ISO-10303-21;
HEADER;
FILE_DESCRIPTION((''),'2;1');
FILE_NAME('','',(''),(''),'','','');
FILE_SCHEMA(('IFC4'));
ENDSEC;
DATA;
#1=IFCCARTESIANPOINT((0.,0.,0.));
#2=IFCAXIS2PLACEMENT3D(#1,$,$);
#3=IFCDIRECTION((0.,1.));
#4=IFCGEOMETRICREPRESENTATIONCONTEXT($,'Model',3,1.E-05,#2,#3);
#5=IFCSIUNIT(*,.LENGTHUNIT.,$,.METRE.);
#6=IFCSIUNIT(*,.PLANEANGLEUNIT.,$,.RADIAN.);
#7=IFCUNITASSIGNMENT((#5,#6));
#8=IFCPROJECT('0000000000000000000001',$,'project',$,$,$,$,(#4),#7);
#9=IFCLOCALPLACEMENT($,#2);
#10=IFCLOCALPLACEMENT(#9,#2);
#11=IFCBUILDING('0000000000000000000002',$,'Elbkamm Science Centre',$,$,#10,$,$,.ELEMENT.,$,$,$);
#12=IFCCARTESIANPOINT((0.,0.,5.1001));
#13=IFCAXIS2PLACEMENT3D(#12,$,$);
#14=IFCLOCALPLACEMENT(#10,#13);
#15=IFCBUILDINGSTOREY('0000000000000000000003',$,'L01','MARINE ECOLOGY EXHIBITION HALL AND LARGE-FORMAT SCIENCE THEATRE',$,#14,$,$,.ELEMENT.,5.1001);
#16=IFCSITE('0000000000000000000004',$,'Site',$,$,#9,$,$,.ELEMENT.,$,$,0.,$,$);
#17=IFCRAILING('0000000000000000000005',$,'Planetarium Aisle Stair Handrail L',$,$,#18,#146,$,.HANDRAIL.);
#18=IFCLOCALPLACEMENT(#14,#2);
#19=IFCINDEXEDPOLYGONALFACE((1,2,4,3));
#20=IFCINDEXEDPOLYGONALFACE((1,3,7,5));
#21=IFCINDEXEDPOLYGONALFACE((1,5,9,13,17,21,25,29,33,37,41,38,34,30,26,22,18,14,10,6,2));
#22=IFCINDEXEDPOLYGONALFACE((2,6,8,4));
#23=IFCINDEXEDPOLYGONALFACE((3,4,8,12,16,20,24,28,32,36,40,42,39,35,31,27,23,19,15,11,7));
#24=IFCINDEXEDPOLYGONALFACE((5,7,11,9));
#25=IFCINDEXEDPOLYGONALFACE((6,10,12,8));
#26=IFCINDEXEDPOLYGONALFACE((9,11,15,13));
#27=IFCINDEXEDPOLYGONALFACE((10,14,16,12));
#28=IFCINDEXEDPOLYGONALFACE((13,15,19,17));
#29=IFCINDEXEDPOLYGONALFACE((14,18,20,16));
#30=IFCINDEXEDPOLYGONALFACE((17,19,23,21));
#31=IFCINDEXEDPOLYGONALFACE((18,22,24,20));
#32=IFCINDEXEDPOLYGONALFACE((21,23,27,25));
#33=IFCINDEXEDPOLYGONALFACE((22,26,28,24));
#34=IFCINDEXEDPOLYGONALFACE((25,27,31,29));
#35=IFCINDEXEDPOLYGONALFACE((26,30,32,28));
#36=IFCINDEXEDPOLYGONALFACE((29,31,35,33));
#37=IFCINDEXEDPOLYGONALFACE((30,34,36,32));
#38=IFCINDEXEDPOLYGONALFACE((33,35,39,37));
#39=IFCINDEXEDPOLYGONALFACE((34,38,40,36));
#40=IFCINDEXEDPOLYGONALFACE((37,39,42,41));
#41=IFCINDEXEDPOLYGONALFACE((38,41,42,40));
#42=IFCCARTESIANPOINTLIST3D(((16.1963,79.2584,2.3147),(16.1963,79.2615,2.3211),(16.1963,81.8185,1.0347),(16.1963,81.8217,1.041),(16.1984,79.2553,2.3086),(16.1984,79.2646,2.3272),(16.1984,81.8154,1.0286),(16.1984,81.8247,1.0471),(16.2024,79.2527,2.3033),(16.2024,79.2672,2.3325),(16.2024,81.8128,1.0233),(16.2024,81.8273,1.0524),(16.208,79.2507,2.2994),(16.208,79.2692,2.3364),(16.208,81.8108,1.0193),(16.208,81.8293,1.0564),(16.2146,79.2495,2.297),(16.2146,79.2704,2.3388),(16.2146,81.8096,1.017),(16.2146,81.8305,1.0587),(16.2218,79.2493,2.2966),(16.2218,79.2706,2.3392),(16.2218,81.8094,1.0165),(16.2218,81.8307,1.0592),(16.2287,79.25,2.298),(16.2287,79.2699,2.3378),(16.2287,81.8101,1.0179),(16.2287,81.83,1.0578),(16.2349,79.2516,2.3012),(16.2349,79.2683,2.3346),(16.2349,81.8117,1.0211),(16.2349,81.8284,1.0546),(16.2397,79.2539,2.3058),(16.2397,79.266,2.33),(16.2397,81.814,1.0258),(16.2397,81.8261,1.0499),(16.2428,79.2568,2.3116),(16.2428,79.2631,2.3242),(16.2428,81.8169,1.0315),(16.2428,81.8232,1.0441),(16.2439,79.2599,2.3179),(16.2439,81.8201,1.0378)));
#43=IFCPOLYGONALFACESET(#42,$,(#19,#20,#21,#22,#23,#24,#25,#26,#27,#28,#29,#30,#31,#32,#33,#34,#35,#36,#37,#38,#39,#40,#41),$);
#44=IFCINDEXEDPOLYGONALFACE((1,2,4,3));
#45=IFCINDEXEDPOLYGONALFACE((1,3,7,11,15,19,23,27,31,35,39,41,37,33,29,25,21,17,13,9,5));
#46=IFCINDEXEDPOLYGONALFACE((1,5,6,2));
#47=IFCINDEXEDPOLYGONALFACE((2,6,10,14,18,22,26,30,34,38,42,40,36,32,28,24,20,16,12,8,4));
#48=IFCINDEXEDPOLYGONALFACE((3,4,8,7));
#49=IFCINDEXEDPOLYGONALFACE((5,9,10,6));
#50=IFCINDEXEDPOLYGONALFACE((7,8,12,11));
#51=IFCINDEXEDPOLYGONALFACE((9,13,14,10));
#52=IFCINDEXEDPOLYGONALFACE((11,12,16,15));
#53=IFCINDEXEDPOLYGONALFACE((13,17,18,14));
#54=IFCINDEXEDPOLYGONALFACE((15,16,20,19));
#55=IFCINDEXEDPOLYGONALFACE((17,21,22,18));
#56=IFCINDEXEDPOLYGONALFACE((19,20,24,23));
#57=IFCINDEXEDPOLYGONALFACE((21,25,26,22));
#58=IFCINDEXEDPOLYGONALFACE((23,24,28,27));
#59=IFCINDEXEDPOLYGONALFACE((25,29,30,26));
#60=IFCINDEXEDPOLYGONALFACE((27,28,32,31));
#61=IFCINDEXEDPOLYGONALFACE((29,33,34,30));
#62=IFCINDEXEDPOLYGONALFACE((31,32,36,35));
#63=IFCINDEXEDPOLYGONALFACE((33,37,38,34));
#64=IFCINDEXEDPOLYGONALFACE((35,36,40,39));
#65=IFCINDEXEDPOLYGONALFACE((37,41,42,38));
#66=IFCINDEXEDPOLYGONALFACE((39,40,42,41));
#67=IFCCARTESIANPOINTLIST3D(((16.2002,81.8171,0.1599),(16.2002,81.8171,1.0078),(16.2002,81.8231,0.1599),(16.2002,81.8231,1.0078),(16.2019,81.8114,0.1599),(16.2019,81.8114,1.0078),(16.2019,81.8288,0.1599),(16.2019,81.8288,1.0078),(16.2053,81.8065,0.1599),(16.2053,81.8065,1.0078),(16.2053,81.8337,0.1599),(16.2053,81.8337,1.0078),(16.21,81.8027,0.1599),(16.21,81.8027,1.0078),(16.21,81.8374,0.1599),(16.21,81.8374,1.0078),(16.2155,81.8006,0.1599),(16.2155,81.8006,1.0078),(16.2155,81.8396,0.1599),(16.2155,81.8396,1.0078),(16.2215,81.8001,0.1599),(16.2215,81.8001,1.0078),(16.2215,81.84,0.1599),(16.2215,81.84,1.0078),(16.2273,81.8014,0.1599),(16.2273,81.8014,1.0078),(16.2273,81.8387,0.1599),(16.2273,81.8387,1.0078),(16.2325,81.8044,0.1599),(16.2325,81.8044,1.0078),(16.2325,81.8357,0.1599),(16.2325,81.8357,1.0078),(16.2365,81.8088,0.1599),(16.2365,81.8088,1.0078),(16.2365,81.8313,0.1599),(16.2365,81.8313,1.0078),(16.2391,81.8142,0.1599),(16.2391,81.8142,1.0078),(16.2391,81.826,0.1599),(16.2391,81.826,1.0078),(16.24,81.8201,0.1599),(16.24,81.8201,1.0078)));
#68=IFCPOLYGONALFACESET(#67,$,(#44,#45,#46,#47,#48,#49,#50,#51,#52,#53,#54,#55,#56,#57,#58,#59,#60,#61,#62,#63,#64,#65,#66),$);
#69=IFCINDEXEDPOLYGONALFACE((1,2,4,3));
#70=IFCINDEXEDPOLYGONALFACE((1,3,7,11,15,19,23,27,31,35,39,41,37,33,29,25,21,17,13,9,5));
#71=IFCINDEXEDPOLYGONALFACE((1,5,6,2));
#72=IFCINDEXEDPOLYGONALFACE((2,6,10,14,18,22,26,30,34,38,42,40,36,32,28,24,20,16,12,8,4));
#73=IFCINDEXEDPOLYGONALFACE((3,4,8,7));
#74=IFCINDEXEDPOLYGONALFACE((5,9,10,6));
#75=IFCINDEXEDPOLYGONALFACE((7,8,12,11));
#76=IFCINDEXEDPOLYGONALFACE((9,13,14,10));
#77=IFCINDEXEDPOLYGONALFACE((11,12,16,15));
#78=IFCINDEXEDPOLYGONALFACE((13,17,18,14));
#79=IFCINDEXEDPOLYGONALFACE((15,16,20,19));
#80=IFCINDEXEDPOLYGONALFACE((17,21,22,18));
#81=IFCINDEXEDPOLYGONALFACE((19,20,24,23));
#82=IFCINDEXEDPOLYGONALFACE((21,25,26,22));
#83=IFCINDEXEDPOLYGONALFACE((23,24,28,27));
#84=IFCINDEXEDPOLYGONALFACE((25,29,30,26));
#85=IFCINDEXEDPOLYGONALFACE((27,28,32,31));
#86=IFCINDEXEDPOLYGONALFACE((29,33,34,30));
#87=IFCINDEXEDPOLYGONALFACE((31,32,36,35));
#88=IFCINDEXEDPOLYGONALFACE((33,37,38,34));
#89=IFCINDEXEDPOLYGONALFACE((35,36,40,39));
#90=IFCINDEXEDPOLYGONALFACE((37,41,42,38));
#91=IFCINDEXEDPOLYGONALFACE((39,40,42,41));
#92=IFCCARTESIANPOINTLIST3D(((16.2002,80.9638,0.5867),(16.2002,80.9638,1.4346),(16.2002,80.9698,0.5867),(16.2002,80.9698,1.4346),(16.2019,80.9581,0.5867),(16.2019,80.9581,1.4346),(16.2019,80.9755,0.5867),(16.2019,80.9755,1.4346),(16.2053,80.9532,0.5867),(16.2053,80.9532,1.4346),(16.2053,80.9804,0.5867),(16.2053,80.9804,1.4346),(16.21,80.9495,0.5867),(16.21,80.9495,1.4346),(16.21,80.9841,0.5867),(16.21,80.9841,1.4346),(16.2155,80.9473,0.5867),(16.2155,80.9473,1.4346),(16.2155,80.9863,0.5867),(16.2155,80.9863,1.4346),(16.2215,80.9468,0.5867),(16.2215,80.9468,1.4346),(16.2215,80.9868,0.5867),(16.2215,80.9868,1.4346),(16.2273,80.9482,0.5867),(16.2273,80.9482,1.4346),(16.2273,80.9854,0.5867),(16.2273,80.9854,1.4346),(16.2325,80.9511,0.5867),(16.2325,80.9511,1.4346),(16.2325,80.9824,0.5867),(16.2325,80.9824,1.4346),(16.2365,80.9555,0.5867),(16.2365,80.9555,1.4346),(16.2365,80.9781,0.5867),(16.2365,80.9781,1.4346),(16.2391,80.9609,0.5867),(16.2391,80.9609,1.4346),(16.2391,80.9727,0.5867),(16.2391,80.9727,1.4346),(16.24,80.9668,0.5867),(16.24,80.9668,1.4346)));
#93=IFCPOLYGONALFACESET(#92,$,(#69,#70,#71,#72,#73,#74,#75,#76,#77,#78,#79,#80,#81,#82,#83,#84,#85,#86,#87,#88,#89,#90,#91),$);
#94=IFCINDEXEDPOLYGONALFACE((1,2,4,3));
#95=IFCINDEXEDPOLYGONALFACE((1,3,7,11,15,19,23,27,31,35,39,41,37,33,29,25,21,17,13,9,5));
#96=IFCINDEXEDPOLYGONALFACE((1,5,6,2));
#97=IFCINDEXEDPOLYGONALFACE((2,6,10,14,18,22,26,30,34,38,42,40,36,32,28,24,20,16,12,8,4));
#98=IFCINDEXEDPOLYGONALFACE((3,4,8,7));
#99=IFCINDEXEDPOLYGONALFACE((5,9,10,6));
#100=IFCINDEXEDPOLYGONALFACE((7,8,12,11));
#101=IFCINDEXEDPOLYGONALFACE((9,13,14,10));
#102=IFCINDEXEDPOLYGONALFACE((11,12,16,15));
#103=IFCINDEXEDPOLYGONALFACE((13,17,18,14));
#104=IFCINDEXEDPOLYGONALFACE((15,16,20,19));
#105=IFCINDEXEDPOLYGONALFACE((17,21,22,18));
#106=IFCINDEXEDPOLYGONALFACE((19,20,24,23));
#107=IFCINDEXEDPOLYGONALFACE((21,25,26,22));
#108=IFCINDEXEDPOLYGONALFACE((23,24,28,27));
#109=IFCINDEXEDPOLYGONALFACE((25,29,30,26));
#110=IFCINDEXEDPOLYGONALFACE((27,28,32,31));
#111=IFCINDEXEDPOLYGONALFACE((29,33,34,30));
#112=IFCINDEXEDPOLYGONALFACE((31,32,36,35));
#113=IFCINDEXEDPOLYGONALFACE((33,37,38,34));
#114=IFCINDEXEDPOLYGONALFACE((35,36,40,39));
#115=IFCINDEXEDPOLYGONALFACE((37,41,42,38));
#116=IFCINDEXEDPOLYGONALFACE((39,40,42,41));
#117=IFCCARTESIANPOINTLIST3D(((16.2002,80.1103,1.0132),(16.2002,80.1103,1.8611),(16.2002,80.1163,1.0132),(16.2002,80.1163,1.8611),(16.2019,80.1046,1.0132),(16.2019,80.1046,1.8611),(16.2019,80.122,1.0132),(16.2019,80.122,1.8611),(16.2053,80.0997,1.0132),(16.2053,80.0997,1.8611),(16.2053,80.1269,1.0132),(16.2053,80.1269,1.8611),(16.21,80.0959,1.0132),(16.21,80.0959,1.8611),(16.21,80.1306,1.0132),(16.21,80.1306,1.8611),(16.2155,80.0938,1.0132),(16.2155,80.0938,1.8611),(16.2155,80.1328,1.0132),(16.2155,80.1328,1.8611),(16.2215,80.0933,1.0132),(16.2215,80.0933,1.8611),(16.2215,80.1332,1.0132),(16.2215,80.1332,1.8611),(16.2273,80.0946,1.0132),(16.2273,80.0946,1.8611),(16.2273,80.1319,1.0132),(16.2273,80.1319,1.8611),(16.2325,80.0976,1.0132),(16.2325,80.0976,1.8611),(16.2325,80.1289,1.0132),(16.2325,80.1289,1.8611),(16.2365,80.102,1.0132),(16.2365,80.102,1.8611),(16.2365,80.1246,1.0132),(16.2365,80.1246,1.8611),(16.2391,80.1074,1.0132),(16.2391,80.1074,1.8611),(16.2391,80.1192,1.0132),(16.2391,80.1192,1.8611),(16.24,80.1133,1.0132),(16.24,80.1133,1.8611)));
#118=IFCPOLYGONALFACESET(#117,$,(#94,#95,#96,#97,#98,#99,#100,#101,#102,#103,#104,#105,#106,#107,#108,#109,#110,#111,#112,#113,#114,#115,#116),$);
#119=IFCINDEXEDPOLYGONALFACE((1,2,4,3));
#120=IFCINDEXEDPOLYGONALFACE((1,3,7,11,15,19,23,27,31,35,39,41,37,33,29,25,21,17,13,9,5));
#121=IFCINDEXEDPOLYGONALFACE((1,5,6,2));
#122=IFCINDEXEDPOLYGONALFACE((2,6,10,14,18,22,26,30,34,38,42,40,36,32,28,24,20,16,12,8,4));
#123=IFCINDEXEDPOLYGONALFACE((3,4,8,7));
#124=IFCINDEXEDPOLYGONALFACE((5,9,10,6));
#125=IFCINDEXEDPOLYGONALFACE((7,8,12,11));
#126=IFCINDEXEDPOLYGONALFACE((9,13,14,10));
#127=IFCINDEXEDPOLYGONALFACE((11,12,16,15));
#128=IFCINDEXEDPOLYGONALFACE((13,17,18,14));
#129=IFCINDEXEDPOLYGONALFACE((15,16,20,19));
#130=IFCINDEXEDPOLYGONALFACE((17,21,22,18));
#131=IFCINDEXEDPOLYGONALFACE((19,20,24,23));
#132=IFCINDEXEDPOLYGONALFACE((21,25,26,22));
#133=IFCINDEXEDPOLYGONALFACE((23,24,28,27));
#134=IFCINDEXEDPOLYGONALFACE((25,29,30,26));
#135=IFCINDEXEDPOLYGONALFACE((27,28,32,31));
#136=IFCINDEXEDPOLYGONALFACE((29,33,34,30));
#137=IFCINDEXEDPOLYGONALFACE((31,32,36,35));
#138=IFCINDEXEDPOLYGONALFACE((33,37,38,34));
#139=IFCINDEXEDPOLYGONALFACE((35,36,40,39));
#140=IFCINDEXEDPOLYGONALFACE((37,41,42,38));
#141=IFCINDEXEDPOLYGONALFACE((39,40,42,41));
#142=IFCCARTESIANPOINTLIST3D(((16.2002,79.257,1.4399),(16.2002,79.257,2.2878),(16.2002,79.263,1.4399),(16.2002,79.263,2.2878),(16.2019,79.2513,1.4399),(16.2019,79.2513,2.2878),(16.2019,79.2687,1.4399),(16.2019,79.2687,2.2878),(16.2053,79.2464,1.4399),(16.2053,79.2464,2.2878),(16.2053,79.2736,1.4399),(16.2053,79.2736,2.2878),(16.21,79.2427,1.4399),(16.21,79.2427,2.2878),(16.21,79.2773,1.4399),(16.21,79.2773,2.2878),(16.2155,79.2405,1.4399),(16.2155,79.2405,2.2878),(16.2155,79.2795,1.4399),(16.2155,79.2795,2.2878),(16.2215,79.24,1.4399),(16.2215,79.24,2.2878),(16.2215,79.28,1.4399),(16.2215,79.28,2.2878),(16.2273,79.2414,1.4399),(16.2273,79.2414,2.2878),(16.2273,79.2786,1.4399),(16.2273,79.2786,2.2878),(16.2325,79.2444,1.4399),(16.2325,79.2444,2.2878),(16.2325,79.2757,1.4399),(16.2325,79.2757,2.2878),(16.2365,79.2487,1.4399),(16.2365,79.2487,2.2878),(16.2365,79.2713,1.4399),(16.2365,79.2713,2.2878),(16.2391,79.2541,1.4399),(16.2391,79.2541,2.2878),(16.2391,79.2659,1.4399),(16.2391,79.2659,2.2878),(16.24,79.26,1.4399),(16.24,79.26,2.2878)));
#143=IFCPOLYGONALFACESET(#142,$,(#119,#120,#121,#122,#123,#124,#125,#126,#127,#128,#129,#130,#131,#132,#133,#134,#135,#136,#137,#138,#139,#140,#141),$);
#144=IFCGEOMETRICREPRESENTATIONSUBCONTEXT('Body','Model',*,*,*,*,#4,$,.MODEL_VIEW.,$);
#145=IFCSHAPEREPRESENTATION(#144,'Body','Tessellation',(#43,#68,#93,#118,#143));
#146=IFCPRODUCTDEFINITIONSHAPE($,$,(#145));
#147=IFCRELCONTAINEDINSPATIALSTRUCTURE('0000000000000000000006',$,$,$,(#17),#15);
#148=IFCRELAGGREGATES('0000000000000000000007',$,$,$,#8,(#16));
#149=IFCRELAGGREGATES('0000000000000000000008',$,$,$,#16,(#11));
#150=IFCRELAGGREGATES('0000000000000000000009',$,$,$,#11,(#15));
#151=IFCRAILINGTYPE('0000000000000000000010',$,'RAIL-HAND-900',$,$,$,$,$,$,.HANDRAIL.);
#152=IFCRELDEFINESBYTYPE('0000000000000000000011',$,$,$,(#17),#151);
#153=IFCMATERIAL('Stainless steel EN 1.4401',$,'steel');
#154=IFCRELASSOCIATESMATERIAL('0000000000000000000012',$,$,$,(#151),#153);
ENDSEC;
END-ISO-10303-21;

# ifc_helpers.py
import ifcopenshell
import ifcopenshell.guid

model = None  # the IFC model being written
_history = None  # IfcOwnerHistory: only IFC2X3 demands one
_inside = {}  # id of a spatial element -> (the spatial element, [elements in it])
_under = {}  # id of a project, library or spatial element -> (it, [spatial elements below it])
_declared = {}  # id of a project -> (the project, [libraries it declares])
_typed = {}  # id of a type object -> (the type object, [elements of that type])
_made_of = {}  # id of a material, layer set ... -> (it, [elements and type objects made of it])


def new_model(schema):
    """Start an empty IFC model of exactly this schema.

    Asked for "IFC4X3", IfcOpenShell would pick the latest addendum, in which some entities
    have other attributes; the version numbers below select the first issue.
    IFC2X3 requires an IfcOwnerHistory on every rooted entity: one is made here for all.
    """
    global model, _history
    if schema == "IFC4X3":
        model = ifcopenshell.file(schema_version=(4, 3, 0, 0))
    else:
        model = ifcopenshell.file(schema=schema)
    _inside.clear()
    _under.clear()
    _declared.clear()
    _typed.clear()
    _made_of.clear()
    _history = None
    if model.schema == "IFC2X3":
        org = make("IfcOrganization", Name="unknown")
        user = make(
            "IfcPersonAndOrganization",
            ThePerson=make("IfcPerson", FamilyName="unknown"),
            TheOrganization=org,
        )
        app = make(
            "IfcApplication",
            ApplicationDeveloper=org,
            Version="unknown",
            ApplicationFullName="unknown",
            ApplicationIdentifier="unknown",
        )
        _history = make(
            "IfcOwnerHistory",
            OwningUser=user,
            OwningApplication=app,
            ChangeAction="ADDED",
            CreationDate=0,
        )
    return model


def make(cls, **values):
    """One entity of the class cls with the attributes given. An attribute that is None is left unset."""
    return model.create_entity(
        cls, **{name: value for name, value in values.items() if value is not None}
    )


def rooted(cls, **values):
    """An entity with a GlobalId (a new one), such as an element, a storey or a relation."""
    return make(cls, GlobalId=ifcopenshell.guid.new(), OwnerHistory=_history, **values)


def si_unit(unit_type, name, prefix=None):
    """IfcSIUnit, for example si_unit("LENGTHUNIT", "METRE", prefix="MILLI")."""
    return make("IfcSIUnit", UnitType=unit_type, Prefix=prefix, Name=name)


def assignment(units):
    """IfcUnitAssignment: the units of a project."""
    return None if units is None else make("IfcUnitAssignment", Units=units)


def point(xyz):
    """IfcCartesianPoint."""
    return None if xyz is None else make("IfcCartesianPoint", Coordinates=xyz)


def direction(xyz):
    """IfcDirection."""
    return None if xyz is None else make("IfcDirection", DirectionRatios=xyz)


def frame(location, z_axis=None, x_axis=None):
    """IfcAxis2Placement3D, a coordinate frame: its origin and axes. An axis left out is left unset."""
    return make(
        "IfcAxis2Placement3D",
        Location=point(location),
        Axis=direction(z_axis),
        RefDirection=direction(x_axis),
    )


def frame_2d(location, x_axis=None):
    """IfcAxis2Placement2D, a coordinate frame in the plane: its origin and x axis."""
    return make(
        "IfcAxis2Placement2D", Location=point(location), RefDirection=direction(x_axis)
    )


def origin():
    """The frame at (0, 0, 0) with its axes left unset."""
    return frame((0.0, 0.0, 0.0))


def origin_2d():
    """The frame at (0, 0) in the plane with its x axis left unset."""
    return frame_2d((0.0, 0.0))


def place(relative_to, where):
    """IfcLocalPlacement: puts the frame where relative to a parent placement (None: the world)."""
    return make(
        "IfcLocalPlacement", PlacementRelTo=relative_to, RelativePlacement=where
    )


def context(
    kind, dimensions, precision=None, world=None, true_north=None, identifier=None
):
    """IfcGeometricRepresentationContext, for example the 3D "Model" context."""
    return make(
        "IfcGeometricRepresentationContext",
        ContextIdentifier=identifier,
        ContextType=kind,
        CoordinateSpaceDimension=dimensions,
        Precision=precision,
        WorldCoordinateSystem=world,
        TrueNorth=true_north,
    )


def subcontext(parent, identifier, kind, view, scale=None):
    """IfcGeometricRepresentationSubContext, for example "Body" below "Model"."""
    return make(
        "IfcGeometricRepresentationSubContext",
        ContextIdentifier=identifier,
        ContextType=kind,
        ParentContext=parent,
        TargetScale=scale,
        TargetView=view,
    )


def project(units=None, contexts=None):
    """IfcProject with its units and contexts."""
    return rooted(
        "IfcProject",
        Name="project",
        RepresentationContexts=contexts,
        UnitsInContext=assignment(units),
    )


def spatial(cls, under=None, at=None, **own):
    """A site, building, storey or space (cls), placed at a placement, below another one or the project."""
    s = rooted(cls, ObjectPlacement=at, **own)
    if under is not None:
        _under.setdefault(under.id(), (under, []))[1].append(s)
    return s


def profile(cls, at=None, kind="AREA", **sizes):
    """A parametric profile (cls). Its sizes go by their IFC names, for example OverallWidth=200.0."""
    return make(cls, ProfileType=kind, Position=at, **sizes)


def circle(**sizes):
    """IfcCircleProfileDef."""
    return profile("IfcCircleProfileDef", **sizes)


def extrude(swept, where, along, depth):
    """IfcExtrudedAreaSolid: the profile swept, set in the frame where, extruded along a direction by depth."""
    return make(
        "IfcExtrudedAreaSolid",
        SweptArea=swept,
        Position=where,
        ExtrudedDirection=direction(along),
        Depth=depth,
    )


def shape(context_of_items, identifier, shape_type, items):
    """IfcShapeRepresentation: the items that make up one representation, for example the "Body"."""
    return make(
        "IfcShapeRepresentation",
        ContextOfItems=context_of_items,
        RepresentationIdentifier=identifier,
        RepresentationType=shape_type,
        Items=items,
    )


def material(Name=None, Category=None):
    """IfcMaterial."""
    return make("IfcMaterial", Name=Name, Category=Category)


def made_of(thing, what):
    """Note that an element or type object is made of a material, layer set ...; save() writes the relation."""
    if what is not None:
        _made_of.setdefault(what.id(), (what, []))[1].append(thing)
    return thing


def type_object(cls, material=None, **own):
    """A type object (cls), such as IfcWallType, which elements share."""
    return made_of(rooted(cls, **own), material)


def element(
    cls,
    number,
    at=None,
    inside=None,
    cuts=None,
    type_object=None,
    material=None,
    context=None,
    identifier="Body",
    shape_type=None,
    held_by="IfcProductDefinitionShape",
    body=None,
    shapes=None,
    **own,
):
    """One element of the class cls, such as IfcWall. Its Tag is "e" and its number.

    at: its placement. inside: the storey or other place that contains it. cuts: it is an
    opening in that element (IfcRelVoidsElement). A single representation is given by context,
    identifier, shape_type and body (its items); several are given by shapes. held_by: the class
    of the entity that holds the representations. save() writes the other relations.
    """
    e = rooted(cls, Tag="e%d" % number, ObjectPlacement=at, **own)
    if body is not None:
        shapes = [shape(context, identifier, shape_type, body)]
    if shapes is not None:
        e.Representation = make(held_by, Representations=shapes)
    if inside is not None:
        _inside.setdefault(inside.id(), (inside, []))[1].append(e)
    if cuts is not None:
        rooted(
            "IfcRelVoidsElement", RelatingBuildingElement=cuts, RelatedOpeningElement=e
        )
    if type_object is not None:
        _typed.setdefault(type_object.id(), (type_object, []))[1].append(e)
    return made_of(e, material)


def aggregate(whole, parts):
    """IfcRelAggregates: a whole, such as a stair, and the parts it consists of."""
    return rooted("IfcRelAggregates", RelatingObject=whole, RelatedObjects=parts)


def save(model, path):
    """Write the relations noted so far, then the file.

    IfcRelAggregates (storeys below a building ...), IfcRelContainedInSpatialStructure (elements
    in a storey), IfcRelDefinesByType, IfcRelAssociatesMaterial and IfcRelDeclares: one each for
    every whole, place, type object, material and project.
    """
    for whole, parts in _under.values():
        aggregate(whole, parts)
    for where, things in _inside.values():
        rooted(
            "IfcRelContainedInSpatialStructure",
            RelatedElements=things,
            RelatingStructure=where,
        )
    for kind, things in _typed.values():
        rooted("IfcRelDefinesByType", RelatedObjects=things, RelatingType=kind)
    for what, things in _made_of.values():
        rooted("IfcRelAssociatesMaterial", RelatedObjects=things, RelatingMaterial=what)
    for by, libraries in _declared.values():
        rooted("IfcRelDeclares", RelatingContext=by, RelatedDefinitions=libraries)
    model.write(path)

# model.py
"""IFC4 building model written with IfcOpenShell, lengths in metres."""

from ifc_helpers import new_model, si_unit, direction, frame, origin, origin_2d, place, context, subcontext, project, spatial, circle, extrude, material, type_object, element, save


model = new_model("IFC4")

# Units and contexts
model_context = context("Model", 3, precision=1e-05, world=origin(), true_north=direction((0.0, 1.0)))
body_context = subcontext(model_context, "Body", "Model", "MODEL_VIEW")
ifc_project = project(units=[si_unit("LENGTHUNIT", "METRE"), si_unit("PLANEANGLEUNIT", "RADIAN")], contexts=[model_context])

# Site, building, storey
site_placement = place(None, origin())
site = spatial("IfcSite", under=ifc_project, at=site_placement, Name="Site", CompositionType="ELEMENT", RefElevation=0.0)
building_placement = place(site_placement, origin())
building = spatial("IfcBuilding", under=site, at=building_placement, Name="Elbkamm Science Centre", CompositionType="ELEMENT")
storey_placement = place(building_placement, frame((0.0, 0.0, 5.1001)))
storey = spatial("IfcBuildingStorey", under=building, at=storey_placement, Name="L01", Description="MARINE ECOLOGY EXHIBITION HALL AND LARGE-FORMAT SCIENCE THEATRE", CompositionType="ELEMENT", Elevation=5.1001)

# Railing
ifc_material_1 = material(Name="Stainless steel EN 1.4401", Category="steel")
railing_type_1 = type_object("IfcRailingType", Name="RAIL-HAND-900", PredefinedType="HANDRAIL", material=ifc_material_1)
railing_1_placement = place(storey_placement, frame((16.22, 81.8201, 0.1599)))
element("IfcRailing", 1, at=railing_1_placement, inside=storey, type_object=railing_type_1, Name="Planetarium Aisle Stair Handrail L", PredefinedType="HANDRAIL", context=body_context, shape_type="SweptSolid", body=[
    extrude(circle(Radius=0.0239, at=origin_2d()), frame((0.0, 0.0, 0.8779), z_axis=(0.0, -0.894427, 0.447214), x_axis=(1.0, 0.0, 0.0)), (0.0, 0.0, 1.0), 2.8623),
    extrude(circle(Radius=0.02, at=origin_2d()), origin(), (0.0, 0.0, 1.0), 0.8479),
    extrude(circle(Radius=0.02, at=origin_2d()), frame((0.0, -0.8533, 0.4268)), (0.0, 0.0, 1.0), 0.8479),
    extrude(circle(Radius=0.02, at=origin_2d()), frame((0.0, -1.7068, 0.8533)), (0.0, 0.0, 1.0), 0.8479),
    extrude(circle(Radius=0.02, at=origin_2d()), frame((0.0, -2.5601, 1.28)), (0.0, 0.0, 1.0), 0.8479),
])

save(model, "model.ifc")
